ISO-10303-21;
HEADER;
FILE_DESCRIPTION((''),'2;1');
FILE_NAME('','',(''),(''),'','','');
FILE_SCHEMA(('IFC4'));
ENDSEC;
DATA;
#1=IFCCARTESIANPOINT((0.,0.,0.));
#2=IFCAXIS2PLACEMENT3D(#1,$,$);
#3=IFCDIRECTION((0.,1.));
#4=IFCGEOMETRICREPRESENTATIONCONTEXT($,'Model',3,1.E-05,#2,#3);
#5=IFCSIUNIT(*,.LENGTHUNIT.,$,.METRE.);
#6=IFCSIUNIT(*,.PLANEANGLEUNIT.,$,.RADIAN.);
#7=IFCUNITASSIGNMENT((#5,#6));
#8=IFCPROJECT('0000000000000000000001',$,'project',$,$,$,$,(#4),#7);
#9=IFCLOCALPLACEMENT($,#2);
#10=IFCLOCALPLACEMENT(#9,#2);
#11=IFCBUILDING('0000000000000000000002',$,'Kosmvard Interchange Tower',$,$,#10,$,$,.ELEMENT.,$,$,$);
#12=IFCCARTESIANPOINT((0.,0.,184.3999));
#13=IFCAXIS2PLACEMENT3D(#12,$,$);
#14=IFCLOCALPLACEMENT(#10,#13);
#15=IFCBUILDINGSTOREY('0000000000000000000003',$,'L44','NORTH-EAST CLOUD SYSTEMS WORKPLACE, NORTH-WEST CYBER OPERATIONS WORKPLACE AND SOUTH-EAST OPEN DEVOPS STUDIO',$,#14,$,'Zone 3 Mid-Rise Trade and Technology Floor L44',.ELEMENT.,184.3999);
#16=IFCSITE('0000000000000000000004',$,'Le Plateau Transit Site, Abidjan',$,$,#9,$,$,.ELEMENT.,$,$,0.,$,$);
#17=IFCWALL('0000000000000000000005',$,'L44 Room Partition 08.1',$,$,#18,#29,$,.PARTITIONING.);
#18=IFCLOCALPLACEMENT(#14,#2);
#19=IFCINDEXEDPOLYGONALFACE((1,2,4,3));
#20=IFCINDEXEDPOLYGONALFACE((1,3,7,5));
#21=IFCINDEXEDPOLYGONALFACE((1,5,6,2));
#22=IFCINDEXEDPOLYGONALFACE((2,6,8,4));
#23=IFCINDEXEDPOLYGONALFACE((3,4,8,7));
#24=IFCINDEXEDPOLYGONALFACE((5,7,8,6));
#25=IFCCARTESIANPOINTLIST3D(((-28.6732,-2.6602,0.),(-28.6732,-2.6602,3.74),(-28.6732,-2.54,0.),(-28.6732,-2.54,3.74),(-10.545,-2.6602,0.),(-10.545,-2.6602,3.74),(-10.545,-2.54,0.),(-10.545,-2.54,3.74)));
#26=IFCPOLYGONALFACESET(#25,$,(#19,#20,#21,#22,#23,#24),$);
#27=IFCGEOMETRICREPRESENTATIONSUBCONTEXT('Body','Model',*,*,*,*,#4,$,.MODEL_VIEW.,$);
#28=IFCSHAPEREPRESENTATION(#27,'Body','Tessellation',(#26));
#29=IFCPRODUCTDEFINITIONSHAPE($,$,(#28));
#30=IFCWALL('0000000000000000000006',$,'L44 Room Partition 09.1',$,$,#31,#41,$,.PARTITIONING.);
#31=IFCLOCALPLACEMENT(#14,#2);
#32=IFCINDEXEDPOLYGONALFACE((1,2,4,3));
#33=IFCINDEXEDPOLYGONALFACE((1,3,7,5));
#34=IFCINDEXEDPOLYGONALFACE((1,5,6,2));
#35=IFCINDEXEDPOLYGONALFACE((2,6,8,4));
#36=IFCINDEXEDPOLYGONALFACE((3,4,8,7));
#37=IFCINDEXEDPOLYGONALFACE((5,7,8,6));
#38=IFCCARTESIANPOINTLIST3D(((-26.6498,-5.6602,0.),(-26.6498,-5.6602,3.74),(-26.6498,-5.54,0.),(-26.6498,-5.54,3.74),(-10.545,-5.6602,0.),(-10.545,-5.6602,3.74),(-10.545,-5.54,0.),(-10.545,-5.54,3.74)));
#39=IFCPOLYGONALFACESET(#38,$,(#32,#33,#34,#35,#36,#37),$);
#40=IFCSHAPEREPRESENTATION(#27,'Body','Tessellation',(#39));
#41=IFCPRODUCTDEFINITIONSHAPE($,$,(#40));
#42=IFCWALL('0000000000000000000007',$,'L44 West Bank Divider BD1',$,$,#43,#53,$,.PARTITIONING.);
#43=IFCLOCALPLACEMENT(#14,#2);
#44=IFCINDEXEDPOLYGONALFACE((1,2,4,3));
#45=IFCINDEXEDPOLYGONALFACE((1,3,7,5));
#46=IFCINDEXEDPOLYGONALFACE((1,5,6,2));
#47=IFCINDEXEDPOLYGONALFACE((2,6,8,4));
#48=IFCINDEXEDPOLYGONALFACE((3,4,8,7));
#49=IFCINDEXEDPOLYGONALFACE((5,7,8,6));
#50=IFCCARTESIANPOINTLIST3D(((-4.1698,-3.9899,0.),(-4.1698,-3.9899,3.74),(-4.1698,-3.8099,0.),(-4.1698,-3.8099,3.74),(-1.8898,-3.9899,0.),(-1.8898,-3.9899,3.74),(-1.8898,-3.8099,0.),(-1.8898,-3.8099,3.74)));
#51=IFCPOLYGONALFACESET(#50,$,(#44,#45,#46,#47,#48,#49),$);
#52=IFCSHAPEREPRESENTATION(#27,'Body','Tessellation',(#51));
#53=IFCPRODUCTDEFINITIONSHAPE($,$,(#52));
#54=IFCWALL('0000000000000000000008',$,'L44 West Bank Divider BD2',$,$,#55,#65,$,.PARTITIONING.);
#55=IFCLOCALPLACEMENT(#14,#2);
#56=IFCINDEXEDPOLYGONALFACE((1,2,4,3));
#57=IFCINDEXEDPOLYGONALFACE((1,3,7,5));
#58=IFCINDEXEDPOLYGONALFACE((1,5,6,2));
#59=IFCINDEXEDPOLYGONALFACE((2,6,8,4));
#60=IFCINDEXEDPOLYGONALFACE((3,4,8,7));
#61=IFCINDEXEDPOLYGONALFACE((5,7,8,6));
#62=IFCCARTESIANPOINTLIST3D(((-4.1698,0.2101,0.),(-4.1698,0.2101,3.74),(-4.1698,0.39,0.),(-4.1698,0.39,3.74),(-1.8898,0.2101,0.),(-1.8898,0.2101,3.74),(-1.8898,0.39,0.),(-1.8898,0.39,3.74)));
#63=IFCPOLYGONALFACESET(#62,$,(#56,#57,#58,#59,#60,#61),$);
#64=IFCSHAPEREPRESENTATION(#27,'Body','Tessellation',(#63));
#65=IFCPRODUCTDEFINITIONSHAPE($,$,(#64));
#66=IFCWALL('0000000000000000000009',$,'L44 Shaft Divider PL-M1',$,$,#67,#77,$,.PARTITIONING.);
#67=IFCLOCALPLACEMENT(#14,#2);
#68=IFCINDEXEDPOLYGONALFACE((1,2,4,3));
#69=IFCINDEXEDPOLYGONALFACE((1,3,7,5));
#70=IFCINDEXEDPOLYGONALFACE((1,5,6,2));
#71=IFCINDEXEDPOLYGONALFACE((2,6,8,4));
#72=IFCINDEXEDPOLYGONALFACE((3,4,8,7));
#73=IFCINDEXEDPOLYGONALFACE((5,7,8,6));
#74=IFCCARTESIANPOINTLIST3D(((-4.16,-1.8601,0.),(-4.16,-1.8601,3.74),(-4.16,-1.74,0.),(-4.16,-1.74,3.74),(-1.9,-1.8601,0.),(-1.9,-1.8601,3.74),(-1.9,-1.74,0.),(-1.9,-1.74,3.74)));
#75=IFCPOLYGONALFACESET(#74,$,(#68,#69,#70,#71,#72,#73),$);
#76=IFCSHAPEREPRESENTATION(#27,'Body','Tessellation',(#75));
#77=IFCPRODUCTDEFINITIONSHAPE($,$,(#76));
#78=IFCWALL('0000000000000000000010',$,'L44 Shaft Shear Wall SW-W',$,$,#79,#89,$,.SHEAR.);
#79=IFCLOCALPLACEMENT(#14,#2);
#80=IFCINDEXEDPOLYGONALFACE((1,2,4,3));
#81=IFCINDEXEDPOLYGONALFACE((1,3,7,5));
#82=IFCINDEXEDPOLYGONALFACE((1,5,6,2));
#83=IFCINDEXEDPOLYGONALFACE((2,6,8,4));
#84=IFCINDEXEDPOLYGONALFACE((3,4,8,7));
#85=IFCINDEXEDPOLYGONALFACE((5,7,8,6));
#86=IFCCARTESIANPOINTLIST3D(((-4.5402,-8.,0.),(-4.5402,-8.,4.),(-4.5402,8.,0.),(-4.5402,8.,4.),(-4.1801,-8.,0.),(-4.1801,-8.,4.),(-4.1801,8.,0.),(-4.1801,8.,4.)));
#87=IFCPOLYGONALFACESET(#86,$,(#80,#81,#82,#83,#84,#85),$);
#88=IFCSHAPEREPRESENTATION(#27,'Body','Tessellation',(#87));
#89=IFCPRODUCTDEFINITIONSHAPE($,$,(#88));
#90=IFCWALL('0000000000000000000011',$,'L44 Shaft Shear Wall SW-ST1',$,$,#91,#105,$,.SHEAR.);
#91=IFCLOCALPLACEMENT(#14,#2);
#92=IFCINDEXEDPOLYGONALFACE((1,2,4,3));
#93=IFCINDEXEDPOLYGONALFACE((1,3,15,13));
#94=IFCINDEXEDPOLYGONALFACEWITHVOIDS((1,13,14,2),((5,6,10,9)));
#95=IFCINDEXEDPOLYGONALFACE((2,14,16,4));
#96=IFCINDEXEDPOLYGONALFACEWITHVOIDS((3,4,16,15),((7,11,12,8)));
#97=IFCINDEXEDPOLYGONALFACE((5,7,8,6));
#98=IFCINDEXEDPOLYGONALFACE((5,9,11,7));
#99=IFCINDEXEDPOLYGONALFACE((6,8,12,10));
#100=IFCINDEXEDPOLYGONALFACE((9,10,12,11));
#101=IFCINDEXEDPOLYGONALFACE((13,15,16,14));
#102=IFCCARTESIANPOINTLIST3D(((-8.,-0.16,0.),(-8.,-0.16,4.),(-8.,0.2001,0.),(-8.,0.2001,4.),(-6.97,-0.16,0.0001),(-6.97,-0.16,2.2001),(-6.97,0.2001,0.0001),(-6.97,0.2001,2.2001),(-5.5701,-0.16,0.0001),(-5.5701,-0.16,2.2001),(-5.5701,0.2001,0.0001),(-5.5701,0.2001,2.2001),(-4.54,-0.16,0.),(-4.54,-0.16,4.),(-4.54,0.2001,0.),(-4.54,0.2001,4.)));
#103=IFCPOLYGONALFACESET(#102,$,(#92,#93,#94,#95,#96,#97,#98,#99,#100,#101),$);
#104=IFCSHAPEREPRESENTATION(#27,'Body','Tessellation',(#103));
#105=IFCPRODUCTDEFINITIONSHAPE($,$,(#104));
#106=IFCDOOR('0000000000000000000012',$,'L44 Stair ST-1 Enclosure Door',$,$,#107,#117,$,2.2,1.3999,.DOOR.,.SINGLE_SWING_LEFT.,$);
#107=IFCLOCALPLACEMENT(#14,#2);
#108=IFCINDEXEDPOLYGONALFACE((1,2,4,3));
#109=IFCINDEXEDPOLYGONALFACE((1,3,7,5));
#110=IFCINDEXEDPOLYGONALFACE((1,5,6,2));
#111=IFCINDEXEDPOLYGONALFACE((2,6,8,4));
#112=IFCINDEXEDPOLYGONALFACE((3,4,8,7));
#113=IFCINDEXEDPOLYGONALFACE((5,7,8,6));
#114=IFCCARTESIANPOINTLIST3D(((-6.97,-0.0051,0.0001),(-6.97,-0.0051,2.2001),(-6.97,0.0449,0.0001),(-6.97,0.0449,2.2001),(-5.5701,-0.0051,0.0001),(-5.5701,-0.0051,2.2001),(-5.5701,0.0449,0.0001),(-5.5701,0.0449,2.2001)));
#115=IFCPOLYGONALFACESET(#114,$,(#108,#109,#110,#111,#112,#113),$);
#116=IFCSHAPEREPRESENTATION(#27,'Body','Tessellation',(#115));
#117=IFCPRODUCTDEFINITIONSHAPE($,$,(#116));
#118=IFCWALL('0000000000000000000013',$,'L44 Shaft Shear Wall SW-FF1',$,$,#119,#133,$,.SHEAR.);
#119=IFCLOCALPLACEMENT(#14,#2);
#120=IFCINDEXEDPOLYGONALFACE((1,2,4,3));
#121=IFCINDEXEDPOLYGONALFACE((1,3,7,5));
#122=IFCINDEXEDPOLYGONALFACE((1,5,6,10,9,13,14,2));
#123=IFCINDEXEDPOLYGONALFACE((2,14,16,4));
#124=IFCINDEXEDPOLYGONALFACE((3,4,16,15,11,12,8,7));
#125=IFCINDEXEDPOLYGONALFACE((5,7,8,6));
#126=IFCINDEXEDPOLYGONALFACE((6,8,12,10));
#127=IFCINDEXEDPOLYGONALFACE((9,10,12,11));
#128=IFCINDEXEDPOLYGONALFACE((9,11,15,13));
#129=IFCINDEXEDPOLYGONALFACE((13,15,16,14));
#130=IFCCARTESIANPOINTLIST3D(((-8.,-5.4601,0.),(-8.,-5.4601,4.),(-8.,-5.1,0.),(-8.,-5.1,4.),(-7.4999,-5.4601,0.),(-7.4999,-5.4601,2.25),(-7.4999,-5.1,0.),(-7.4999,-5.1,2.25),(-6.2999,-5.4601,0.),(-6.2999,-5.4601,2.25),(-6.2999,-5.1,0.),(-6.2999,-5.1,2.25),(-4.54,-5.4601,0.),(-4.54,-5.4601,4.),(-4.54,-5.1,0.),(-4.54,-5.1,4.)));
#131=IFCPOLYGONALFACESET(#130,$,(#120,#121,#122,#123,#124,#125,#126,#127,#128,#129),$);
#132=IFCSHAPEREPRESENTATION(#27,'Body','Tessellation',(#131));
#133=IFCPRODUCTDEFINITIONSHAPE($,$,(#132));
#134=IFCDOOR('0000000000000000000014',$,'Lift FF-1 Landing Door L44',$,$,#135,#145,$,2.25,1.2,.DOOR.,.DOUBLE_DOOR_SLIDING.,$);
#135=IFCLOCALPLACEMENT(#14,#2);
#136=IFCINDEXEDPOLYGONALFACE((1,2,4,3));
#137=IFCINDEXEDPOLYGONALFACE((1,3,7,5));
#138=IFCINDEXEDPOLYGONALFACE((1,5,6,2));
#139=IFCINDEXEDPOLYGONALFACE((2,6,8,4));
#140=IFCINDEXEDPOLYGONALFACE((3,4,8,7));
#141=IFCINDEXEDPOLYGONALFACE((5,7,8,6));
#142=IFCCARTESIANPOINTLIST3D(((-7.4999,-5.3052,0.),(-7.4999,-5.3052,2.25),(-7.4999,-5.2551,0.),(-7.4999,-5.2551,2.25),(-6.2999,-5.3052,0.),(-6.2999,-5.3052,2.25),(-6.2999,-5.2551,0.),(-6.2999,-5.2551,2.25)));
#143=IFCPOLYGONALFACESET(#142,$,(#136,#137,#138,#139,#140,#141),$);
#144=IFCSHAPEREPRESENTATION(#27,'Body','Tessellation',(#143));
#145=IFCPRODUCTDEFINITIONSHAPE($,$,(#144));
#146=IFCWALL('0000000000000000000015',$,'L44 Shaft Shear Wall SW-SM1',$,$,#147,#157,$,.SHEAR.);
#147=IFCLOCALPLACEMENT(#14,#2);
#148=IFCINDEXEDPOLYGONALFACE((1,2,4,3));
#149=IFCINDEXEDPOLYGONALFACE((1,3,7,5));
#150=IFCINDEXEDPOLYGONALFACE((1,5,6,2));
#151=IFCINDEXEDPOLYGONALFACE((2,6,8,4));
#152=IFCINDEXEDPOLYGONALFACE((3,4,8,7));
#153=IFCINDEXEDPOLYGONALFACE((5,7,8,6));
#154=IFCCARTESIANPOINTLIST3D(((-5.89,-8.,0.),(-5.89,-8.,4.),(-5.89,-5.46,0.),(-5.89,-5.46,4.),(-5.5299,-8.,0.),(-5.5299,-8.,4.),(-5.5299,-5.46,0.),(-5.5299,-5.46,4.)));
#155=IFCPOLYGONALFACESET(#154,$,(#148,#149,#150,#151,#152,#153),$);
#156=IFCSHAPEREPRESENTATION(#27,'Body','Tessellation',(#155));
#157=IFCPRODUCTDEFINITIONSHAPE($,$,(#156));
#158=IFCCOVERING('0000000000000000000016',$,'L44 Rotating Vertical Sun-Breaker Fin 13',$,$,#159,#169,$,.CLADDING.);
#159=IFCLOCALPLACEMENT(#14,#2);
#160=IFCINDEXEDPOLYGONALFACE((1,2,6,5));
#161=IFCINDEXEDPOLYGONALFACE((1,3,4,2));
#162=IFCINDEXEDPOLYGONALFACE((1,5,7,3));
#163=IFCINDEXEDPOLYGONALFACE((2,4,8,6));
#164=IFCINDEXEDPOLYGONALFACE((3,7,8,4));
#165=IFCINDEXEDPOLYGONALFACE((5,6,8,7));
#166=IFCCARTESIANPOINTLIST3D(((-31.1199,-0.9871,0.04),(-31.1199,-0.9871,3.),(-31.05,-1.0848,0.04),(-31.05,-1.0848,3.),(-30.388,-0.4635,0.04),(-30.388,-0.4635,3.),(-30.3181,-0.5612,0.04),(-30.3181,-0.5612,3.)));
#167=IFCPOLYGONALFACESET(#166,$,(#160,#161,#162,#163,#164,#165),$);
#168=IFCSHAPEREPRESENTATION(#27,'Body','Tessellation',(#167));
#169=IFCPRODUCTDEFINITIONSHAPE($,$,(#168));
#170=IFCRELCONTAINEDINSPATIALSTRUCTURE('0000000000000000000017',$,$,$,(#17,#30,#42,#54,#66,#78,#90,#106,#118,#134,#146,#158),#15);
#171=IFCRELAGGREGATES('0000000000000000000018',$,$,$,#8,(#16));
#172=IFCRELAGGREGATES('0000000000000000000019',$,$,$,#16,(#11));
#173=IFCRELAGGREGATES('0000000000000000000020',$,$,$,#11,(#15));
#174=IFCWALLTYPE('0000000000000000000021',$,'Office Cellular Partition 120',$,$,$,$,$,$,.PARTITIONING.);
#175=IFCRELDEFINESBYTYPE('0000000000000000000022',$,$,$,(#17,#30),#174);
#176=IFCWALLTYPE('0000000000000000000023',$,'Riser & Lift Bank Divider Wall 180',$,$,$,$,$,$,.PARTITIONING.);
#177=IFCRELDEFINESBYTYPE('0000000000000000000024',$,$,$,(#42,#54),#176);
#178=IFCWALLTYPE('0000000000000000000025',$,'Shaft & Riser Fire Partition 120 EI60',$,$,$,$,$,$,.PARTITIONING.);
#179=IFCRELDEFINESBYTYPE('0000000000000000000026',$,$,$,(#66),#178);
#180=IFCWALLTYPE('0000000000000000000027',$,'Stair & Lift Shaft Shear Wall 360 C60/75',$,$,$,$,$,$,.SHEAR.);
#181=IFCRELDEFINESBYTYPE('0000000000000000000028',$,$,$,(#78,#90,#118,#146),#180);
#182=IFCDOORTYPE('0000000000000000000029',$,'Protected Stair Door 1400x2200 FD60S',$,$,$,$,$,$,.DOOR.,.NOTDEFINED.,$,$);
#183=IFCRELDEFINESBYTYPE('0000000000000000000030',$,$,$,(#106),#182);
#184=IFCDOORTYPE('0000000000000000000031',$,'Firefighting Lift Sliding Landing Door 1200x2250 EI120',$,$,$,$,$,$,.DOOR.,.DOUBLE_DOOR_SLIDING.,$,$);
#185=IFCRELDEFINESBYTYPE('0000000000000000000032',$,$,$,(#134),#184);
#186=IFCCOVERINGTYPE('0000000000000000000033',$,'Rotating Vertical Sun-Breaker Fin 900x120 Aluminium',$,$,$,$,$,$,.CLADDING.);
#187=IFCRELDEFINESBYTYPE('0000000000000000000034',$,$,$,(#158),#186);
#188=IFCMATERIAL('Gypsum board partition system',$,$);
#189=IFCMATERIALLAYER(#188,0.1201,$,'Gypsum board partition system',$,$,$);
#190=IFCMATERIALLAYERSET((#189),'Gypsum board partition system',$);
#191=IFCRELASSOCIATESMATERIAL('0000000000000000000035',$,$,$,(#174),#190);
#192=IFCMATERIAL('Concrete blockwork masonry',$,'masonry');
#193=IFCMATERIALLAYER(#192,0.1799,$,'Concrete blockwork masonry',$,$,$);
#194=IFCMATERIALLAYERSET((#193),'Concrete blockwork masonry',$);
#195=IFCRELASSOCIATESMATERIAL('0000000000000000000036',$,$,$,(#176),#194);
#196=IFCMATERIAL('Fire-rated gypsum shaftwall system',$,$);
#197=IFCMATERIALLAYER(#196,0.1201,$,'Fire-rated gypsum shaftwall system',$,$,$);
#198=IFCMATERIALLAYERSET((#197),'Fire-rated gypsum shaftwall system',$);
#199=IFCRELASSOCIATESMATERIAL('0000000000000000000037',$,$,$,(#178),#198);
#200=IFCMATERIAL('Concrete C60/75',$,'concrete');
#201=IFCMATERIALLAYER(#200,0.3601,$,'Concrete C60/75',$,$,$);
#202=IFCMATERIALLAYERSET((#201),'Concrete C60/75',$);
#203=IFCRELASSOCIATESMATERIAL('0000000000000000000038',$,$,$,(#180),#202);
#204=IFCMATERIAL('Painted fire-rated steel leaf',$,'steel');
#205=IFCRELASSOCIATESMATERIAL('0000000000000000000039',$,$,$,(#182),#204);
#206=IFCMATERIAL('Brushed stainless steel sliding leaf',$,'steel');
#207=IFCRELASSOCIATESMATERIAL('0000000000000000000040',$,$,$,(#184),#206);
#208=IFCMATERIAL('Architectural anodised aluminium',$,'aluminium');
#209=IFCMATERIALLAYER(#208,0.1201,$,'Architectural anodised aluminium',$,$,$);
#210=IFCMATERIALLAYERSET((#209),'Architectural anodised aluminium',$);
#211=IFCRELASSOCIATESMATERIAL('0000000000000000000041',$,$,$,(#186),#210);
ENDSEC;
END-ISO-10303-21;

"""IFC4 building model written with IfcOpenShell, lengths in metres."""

from ifc_helpers import new_model, si_unit, direction, frame, frame_2d, origin, origin_2d, place, context, subcontext, project, spatial, rectangle, extrude, source, transform, mapped, material, layer, layer_set, type_object, element, fill, save


model = new_model("IFC4")

# Units and contexts
model_context = context("Model", 3, precision=1e-05, world=origin(), true_north=direction((0.0, 1.0)))
body_context = subcontext(model_context, "Body", "Model", "MODEL_VIEW")
ifc_project = project(units=[si_unit("LENGTHUNIT", "METRE"), si_unit("PLANEANGLEUNIT", "RADIAN")], contexts=[model_context])

# Site, building, storey
site_placement = place(None, origin())
site = spatial("IfcSite", under=ifc_project, at=site_placement, Name="Le Plateau Transit Site, Abidjan", CompositionType="ELEMENT", RefElevation=0.0)
building_placement = place(site_placement, origin())
building = spatial("IfcBuilding", under=site, at=building_placement, Name="Kosmvard Interchange Tower", CompositionType="ELEMENT")
storey_placement = place(building_placement, frame((0.0, 0.0, 184.3999)))
storey = spatial("IfcBuildingStorey", under=building, at=storey_placement, Name="L44", Description="NORTH-EAST CLOUD SYSTEMS WORKPLACE, NORTH-WEST CYBER OPERATIONS WORKPLACE AND SOUTH-EAST OPEN DEVOPS STUDIO", LongName="Zone 3 Mid-Rise Trade and Technology Floor L44", CompositionType="ELEMENT", Elevation=184.3999)

# Shared definitions
ifc_material_1 = material(Name="Concrete C60/75", Category="concrete")

# Shared definitions
ifc_material_2 = material(Name="Painted fire-rated steel leaf", Category="steel")
ifc_material_3 = material(Name="Brushed stainless steel sliding leaf", Category="steel")

# Walls
ifc_material_4 = material(Name="Gypsum board partition system")
ifc_layer_1 = layer(ifc_material_4, 0.1201, Name="Gypsum board partition system")
ifc_layer_set_1 = layer_set([ifc_layer_1], Name="Gypsum board partition system")
wall_type_1 = type_object("IfcWallType", Name="Office Cellular Partition 120", PredefinedType="PARTITIONING", material=ifc_layer_set_1)
wall_1_placement = place(storey_placement, frame((-28.6731, -2.6001, 0.0), z_axis=(0.0, 0.0, 1.0), x_axis=(1.0, 0.0, 0.0)))
element("IfcWall", 1, at=wall_1_placement, inside=storey, type_object=wall_type_1, Name="L44 Room Partition 08.1", PredefinedType="PARTITIONING", context=body_context, shape_type="SweptSolid", body=[
    extrude(rectangle(XDim=18.1282, YDim=0.1201, at=frame_2d((9.064, 0.0))), origin(), (0.0, 0.0, 1.0), 3.74),
])
wall_2_placement = place(storey_placement, frame((-26.6497, -5.6001, 0.0), z_axis=(0.0, 0.0, 1.0), x_axis=(1.0, 0.0, 0.0)))
element("IfcWall", 2, at=wall_2_placement, inside=storey, type_object=wall_type_1, Name="L44 Room Partition 09.1", PredefinedType="PARTITIONING", context=body_context, shape_type="SweptSolid", body=[
    extrude(rectangle(XDim=16.1047, YDim=0.1201, at=frame_2d((8.0522, 0.0))), origin(), (0.0, 0.0, 1.0), 3.74),
])
ifc_material_5 = material(Name="Concrete blockwork masonry", Category="masonry")
ifc_layer_2 = layer(ifc_material_5, 0.1799, Name="Concrete blockwork masonry")
ifc_layer_set_2 = layer_set([ifc_layer_2], Name="Concrete blockwork masonry")
wall_type_2 = type_object("IfcWallType", Name="Riser & Lift Bank Divider Wall 180", PredefinedType="PARTITIONING", material=ifc_layer_set_2)
for number, where, z_axis, x_axis, name in (
    (3, (-4.1699, -3.8999, 0.0), (0.0, 0.0, 1.0), (1.0, 0.0, 0.0), "L44 West Bank Divider BD1"),
    (4, (-4.1699, 0.3, 0.0), (0.0, 0.0, 1.0), (1.0, 0.0, 0.0), "L44 West Bank Divider BD2"),
):
    element("IfcWall", number, at=place(storey_placement, frame(where, z_axis=z_axis, x_axis=x_axis)), inside=storey, type_object=wall_type_2, Name=name, PredefinedType="PARTITIONING", context=body_context, shape_type="SweptSolid", body=[
        extrude(rectangle(XDim=2.28, YDim=0.1799, at=frame_2d((1.1401, 0.0))), origin(), (0.0, 0.0, 1.0), 3.74),
    ])
ifc_material_6 = material(Name="Fire-rated gypsum shaftwall system")
ifc_layer_3 = layer(ifc_material_6, 0.1201, Name="Fire-rated gypsum shaftwall system")
ifc_layer_set_3 = layer_set([ifc_layer_3], Name="Fire-rated gypsum shaftwall system")
wall_type_3 = type_object("IfcWallType", Name="Shaft & Riser Fire Partition 120 EI60", PredefinedType="PARTITIONING", material=ifc_layer_set_3)
wall_3_placement = place(storey_placement, frame((-4.1599, -1.8, 0.0), z_axis=(0.0, 0.0, 1.0), x_axis=(1.0, 0.0, 0.0)))
element("IfcWall", 5, at=wall_3_placement, inside=storey, type_object=wall_type_3, Name="L44 Shaft Divider PL-M1", PredefinedType="PARTITIONING", context=body_context, shape_type="SweptSolid", body=[
    extrude(rectangle(XDim=2.26, YDim=0.1201, at=frame_2d((1.1299, 0.0))), origin(), (0.0, 0.0, 1.0), 3.74),
])
ifc_layer_4 = layer(ifc_material_1, 0.3601, Name="Concrete C60/75")
ifc_layer_set_4 = layer_set([ifc_layer_4], Name="Concrete C60/75")
wall_type_4 = type_object("IfcWallType", Name="Stair & Lift Shaft Shear Wall 360 C60/75", PredefinedType="SHEAR", material=ifc_layer_set_4)
wall_4_placement = place(storey_placement, frame((-4.3601, -8.0, 0.0), z_axis=(0.0, 0.0, 1.0), x_axis=(0.0, 1.0, 0.0)))
element("IfcWall", 6, at=wall_4_placement, inside=storey, type_object=wall_type_4, Name="L44 Shaft Shear Wall SW-W", PredefinedType="SHEAR", context=body_context, shape_type="SweptSolid", body=[
    extrude(rectangle(XDim=16.0, YDim=0.3601, at=frame_2d((8.0, 0.0))), origin(), (0.0, 0.0, 1.0), 4.0),
])

# Walls, openings, doors
wall_5_placement = place(storey_placement, frame((-8.0, 0.02, 0.0), z_axis=(0.0, 0.0, 1.0), x_axis=(1.0, 0.0, 0.0)))
wall_5 = element("IfcWall", 7, at=wall_5_placement, inside=storey, type_object=wall_type_4, Name="L44 Shaft Shear Wall SW-ST1", PredefinedType="SHEAR", context=body_context, shape_type="SweptSolid", body=[
    extrude(rectangle(XDim=3.46, YDim=0.3601, at=frame_2d((1.73, 0.0))), origin(), (0.0, 0.0, 1.0), 4.0),
])
opening_1_placement = place(wall_5_placement, frame((1.03, 0.0, 0.0)))
opening_1 = element("IfcOpeningElement", 8, at=opening_1_placement, cuts=wall_5, PredefinedType="OPENING", context=body_context, shape_type="SweptSolid", body=[
    extrude(rectangle(XDim=1.3999, YDim=2.2, at=frame_2d((0.7, 1.1001))), frame((0.0, 0.1899, 0.0), z_axis=(0.0, -1.0, 0.0), x_axis=(1.0, 0.0, 0.0)), (0.0, 0.0, 1.0), 0.3801),
])
door_type_1 = type_object("IfcDoorType", Name="Protected Stair Door 1400x2200 FD60S", OperationType="NOTDEFINED", PredefinedType="DOOR", material=ifc_material_2)
shared_shape_1 = source(origin(), body_context, "Body", "SweptSolid", [
    extrude(rectangle(XDim=1.3999, YDim=2.2, at=frame_2d((0.7, 1.1001))), frame((0.0, 0.0249, 0.0), z_axis=(0.0, -1.0, 0.0), x_axis=(1.0, 0.0, 0.0)), (0.0, 0.0, 1.0), 0.05),
])
door_1_placement = place(opening_1_placement, origin())
door_1 = element("IfcDoor", 9, at=door_1_placement, inside=storey, type_object=door_type_1, Name="L44 Stair ST-1 Enclosure Door", OperationType="SINGLE_SWING_LEFT", OverallHeight=2.2, OverallWidth=1.3999, PredefinedType="DOOR", context=body_context, shape_type="MappedRepresentation", body=[
    mapped(shared_shape_1, transform((0.0, 0.0, 0.0), scale=1.0)),
])
fill(opening_1, door_1)
wall_6_placement = place(storey_placement, frame((-8.0, -5.28, 0.0), z_axis=(0.0, 0.0, 1.0), x_axis=(1.0, 0.0, 0.0)))
wall_6 = element("IfcWall", 10, at=wall_6_placement, inside=storey, type_object=wall_type_4, Name="L44 Shaft Shear Wall SW-FF1", PredefinedType="SHEAR", context=body_context, shape_type="SweptSolid", body=[
    extrude(rectangle(XDim=3.46, YDim=0.3601, at=frame_2d((1.73, 0.0))), origin(), (0.0, 0.0, 1.0), 4.0),
])
opening_2_placement = place(wall_6_placement, frame((0.5, 0.0, 0.0)))
opening_2 = element("IfcOpeningElement", 11, at=opening_2_placement, cuts=wall_6, PredefinedType="OPENING", context=body_context, shape_type="SweptSolid", body=[
    extrude(rectangle(XDim=1.2, YDim=2.25, at=frame_2d((0.6001, 1.125))), frame((0.0, 0.1899, 0.0), z_axis=(0.0, -1.0, 0.0), x_axis=(1.0, 0.0, 0.0)), (0.0, 0.0, 1.0), 0.3801),
])
door_type_2 = type_object("IfcDoorType", Name="Firefighting Lift Sliding Landing Door 1200x2250 EI120", OperationType="DOUBLE_DOOR_SLIDING", PredefinedType="DOOR", material=ifc_material_3)
shared_shape_2 = source(origin(), body_context, "Body", "SweptSolid", [
    extrude(rectangle(XDim=1.2, YDim=2.25, at=frame_2d((0.6001, 1.125))), frame((0.0, 0.0249, 0.0), z_axis=(0.0, -1.0, 0.0), x_axis=(1.0, 0.0, 0.0)), (0.0, 0.0, 1.0), 0.05),
])
door_2_placement = place(opening_2_placement, origin())
door_2 = element("IfcDoor", 12, at=door_2_placement, inside=storey, type_object=door_type_2, Name="Lift FF-1 Landing Door L44", OperationType="DOUBLE_DOOR_SLIDING", OverallHeight=2.25, OverallWidth=1.2, PredefinedType="DOOR", context=body_context, shape_type="MappedRepresentation", body=[
    mapped(shared_shape_2, transform((0.0, 0.0, 0.0), scale=1.0)),
])
fill(opening_2, door_2)

# Wall
wall_7_placement = place(storey_placement, frame((-5.71, -8.0, 0.0), z_axis=(0.0, 0.0, 1.0), x_axis=(0.0, 1.0, 0.0)))
element("IfcWall", 13, at=wall_7_placement, inside=storey, type_object=wall_type_4, Name="L44 Shaft Shear Wall SW-SM1", PredefinedType="SHEAR", context=body_context, shape_type="SweptSolid", body=[
    extrude(rectangle(XDim=2.54, YDim=0.3601, at=frame_2d((1.27, 0.0))), origin(), (0.0, 0.0, 1.0), 4.0),
])

# Covering
ifc_material_7 = material(Name="Architectural anodised aluminium", Category="aluminium")
ifc_layer_5 = layer(ifc_material_7, 0.1201, Name="Architectural anodised aluminium")
ifc_layer_set_5 = layer_set([ifc_layer_5], Name="Architectural anodised aluminium")
covering_type = type_object("IfcCoveringType", Name="Rotating Vertical Sun-Breaker Fin 900x120 Aluminium", PredefinedType="CLADDING", material=ifc_layer_set_5)
shared_shape_3 = source(origin(), body_context, "Body", "SweptSolid", [
    extrude(rectangle(XDim=0.8999, YDim=0.1201, at=origin_2d()), origin(), (0.0, 0.0, 1.0), 2.96),
])
for number, where, z_axis, x_axis, name in (
    (14, (-30.719, -0.7742, 0.04), (0.0, 0.0, 1.0), (-0.813304, -0.581839, 0.0), "L44 Rotating Vertical Sun-Breaker Fin 13"),
):
    element("IfcCovering", number, at=place(storey_placement, frame(where, z_axis=z_axis, x_axis=x_axis)), inside=storey, type_object=covering_type, Name=name, PredefinedType="CLADDING", context=body_context, shape_type="MappedRepresentation", body=[
        mapped(shared_shape_3, transform((0.0, 0.0, 0.0), scale=1.0)),
    ])

save(model, "model.ifc")
